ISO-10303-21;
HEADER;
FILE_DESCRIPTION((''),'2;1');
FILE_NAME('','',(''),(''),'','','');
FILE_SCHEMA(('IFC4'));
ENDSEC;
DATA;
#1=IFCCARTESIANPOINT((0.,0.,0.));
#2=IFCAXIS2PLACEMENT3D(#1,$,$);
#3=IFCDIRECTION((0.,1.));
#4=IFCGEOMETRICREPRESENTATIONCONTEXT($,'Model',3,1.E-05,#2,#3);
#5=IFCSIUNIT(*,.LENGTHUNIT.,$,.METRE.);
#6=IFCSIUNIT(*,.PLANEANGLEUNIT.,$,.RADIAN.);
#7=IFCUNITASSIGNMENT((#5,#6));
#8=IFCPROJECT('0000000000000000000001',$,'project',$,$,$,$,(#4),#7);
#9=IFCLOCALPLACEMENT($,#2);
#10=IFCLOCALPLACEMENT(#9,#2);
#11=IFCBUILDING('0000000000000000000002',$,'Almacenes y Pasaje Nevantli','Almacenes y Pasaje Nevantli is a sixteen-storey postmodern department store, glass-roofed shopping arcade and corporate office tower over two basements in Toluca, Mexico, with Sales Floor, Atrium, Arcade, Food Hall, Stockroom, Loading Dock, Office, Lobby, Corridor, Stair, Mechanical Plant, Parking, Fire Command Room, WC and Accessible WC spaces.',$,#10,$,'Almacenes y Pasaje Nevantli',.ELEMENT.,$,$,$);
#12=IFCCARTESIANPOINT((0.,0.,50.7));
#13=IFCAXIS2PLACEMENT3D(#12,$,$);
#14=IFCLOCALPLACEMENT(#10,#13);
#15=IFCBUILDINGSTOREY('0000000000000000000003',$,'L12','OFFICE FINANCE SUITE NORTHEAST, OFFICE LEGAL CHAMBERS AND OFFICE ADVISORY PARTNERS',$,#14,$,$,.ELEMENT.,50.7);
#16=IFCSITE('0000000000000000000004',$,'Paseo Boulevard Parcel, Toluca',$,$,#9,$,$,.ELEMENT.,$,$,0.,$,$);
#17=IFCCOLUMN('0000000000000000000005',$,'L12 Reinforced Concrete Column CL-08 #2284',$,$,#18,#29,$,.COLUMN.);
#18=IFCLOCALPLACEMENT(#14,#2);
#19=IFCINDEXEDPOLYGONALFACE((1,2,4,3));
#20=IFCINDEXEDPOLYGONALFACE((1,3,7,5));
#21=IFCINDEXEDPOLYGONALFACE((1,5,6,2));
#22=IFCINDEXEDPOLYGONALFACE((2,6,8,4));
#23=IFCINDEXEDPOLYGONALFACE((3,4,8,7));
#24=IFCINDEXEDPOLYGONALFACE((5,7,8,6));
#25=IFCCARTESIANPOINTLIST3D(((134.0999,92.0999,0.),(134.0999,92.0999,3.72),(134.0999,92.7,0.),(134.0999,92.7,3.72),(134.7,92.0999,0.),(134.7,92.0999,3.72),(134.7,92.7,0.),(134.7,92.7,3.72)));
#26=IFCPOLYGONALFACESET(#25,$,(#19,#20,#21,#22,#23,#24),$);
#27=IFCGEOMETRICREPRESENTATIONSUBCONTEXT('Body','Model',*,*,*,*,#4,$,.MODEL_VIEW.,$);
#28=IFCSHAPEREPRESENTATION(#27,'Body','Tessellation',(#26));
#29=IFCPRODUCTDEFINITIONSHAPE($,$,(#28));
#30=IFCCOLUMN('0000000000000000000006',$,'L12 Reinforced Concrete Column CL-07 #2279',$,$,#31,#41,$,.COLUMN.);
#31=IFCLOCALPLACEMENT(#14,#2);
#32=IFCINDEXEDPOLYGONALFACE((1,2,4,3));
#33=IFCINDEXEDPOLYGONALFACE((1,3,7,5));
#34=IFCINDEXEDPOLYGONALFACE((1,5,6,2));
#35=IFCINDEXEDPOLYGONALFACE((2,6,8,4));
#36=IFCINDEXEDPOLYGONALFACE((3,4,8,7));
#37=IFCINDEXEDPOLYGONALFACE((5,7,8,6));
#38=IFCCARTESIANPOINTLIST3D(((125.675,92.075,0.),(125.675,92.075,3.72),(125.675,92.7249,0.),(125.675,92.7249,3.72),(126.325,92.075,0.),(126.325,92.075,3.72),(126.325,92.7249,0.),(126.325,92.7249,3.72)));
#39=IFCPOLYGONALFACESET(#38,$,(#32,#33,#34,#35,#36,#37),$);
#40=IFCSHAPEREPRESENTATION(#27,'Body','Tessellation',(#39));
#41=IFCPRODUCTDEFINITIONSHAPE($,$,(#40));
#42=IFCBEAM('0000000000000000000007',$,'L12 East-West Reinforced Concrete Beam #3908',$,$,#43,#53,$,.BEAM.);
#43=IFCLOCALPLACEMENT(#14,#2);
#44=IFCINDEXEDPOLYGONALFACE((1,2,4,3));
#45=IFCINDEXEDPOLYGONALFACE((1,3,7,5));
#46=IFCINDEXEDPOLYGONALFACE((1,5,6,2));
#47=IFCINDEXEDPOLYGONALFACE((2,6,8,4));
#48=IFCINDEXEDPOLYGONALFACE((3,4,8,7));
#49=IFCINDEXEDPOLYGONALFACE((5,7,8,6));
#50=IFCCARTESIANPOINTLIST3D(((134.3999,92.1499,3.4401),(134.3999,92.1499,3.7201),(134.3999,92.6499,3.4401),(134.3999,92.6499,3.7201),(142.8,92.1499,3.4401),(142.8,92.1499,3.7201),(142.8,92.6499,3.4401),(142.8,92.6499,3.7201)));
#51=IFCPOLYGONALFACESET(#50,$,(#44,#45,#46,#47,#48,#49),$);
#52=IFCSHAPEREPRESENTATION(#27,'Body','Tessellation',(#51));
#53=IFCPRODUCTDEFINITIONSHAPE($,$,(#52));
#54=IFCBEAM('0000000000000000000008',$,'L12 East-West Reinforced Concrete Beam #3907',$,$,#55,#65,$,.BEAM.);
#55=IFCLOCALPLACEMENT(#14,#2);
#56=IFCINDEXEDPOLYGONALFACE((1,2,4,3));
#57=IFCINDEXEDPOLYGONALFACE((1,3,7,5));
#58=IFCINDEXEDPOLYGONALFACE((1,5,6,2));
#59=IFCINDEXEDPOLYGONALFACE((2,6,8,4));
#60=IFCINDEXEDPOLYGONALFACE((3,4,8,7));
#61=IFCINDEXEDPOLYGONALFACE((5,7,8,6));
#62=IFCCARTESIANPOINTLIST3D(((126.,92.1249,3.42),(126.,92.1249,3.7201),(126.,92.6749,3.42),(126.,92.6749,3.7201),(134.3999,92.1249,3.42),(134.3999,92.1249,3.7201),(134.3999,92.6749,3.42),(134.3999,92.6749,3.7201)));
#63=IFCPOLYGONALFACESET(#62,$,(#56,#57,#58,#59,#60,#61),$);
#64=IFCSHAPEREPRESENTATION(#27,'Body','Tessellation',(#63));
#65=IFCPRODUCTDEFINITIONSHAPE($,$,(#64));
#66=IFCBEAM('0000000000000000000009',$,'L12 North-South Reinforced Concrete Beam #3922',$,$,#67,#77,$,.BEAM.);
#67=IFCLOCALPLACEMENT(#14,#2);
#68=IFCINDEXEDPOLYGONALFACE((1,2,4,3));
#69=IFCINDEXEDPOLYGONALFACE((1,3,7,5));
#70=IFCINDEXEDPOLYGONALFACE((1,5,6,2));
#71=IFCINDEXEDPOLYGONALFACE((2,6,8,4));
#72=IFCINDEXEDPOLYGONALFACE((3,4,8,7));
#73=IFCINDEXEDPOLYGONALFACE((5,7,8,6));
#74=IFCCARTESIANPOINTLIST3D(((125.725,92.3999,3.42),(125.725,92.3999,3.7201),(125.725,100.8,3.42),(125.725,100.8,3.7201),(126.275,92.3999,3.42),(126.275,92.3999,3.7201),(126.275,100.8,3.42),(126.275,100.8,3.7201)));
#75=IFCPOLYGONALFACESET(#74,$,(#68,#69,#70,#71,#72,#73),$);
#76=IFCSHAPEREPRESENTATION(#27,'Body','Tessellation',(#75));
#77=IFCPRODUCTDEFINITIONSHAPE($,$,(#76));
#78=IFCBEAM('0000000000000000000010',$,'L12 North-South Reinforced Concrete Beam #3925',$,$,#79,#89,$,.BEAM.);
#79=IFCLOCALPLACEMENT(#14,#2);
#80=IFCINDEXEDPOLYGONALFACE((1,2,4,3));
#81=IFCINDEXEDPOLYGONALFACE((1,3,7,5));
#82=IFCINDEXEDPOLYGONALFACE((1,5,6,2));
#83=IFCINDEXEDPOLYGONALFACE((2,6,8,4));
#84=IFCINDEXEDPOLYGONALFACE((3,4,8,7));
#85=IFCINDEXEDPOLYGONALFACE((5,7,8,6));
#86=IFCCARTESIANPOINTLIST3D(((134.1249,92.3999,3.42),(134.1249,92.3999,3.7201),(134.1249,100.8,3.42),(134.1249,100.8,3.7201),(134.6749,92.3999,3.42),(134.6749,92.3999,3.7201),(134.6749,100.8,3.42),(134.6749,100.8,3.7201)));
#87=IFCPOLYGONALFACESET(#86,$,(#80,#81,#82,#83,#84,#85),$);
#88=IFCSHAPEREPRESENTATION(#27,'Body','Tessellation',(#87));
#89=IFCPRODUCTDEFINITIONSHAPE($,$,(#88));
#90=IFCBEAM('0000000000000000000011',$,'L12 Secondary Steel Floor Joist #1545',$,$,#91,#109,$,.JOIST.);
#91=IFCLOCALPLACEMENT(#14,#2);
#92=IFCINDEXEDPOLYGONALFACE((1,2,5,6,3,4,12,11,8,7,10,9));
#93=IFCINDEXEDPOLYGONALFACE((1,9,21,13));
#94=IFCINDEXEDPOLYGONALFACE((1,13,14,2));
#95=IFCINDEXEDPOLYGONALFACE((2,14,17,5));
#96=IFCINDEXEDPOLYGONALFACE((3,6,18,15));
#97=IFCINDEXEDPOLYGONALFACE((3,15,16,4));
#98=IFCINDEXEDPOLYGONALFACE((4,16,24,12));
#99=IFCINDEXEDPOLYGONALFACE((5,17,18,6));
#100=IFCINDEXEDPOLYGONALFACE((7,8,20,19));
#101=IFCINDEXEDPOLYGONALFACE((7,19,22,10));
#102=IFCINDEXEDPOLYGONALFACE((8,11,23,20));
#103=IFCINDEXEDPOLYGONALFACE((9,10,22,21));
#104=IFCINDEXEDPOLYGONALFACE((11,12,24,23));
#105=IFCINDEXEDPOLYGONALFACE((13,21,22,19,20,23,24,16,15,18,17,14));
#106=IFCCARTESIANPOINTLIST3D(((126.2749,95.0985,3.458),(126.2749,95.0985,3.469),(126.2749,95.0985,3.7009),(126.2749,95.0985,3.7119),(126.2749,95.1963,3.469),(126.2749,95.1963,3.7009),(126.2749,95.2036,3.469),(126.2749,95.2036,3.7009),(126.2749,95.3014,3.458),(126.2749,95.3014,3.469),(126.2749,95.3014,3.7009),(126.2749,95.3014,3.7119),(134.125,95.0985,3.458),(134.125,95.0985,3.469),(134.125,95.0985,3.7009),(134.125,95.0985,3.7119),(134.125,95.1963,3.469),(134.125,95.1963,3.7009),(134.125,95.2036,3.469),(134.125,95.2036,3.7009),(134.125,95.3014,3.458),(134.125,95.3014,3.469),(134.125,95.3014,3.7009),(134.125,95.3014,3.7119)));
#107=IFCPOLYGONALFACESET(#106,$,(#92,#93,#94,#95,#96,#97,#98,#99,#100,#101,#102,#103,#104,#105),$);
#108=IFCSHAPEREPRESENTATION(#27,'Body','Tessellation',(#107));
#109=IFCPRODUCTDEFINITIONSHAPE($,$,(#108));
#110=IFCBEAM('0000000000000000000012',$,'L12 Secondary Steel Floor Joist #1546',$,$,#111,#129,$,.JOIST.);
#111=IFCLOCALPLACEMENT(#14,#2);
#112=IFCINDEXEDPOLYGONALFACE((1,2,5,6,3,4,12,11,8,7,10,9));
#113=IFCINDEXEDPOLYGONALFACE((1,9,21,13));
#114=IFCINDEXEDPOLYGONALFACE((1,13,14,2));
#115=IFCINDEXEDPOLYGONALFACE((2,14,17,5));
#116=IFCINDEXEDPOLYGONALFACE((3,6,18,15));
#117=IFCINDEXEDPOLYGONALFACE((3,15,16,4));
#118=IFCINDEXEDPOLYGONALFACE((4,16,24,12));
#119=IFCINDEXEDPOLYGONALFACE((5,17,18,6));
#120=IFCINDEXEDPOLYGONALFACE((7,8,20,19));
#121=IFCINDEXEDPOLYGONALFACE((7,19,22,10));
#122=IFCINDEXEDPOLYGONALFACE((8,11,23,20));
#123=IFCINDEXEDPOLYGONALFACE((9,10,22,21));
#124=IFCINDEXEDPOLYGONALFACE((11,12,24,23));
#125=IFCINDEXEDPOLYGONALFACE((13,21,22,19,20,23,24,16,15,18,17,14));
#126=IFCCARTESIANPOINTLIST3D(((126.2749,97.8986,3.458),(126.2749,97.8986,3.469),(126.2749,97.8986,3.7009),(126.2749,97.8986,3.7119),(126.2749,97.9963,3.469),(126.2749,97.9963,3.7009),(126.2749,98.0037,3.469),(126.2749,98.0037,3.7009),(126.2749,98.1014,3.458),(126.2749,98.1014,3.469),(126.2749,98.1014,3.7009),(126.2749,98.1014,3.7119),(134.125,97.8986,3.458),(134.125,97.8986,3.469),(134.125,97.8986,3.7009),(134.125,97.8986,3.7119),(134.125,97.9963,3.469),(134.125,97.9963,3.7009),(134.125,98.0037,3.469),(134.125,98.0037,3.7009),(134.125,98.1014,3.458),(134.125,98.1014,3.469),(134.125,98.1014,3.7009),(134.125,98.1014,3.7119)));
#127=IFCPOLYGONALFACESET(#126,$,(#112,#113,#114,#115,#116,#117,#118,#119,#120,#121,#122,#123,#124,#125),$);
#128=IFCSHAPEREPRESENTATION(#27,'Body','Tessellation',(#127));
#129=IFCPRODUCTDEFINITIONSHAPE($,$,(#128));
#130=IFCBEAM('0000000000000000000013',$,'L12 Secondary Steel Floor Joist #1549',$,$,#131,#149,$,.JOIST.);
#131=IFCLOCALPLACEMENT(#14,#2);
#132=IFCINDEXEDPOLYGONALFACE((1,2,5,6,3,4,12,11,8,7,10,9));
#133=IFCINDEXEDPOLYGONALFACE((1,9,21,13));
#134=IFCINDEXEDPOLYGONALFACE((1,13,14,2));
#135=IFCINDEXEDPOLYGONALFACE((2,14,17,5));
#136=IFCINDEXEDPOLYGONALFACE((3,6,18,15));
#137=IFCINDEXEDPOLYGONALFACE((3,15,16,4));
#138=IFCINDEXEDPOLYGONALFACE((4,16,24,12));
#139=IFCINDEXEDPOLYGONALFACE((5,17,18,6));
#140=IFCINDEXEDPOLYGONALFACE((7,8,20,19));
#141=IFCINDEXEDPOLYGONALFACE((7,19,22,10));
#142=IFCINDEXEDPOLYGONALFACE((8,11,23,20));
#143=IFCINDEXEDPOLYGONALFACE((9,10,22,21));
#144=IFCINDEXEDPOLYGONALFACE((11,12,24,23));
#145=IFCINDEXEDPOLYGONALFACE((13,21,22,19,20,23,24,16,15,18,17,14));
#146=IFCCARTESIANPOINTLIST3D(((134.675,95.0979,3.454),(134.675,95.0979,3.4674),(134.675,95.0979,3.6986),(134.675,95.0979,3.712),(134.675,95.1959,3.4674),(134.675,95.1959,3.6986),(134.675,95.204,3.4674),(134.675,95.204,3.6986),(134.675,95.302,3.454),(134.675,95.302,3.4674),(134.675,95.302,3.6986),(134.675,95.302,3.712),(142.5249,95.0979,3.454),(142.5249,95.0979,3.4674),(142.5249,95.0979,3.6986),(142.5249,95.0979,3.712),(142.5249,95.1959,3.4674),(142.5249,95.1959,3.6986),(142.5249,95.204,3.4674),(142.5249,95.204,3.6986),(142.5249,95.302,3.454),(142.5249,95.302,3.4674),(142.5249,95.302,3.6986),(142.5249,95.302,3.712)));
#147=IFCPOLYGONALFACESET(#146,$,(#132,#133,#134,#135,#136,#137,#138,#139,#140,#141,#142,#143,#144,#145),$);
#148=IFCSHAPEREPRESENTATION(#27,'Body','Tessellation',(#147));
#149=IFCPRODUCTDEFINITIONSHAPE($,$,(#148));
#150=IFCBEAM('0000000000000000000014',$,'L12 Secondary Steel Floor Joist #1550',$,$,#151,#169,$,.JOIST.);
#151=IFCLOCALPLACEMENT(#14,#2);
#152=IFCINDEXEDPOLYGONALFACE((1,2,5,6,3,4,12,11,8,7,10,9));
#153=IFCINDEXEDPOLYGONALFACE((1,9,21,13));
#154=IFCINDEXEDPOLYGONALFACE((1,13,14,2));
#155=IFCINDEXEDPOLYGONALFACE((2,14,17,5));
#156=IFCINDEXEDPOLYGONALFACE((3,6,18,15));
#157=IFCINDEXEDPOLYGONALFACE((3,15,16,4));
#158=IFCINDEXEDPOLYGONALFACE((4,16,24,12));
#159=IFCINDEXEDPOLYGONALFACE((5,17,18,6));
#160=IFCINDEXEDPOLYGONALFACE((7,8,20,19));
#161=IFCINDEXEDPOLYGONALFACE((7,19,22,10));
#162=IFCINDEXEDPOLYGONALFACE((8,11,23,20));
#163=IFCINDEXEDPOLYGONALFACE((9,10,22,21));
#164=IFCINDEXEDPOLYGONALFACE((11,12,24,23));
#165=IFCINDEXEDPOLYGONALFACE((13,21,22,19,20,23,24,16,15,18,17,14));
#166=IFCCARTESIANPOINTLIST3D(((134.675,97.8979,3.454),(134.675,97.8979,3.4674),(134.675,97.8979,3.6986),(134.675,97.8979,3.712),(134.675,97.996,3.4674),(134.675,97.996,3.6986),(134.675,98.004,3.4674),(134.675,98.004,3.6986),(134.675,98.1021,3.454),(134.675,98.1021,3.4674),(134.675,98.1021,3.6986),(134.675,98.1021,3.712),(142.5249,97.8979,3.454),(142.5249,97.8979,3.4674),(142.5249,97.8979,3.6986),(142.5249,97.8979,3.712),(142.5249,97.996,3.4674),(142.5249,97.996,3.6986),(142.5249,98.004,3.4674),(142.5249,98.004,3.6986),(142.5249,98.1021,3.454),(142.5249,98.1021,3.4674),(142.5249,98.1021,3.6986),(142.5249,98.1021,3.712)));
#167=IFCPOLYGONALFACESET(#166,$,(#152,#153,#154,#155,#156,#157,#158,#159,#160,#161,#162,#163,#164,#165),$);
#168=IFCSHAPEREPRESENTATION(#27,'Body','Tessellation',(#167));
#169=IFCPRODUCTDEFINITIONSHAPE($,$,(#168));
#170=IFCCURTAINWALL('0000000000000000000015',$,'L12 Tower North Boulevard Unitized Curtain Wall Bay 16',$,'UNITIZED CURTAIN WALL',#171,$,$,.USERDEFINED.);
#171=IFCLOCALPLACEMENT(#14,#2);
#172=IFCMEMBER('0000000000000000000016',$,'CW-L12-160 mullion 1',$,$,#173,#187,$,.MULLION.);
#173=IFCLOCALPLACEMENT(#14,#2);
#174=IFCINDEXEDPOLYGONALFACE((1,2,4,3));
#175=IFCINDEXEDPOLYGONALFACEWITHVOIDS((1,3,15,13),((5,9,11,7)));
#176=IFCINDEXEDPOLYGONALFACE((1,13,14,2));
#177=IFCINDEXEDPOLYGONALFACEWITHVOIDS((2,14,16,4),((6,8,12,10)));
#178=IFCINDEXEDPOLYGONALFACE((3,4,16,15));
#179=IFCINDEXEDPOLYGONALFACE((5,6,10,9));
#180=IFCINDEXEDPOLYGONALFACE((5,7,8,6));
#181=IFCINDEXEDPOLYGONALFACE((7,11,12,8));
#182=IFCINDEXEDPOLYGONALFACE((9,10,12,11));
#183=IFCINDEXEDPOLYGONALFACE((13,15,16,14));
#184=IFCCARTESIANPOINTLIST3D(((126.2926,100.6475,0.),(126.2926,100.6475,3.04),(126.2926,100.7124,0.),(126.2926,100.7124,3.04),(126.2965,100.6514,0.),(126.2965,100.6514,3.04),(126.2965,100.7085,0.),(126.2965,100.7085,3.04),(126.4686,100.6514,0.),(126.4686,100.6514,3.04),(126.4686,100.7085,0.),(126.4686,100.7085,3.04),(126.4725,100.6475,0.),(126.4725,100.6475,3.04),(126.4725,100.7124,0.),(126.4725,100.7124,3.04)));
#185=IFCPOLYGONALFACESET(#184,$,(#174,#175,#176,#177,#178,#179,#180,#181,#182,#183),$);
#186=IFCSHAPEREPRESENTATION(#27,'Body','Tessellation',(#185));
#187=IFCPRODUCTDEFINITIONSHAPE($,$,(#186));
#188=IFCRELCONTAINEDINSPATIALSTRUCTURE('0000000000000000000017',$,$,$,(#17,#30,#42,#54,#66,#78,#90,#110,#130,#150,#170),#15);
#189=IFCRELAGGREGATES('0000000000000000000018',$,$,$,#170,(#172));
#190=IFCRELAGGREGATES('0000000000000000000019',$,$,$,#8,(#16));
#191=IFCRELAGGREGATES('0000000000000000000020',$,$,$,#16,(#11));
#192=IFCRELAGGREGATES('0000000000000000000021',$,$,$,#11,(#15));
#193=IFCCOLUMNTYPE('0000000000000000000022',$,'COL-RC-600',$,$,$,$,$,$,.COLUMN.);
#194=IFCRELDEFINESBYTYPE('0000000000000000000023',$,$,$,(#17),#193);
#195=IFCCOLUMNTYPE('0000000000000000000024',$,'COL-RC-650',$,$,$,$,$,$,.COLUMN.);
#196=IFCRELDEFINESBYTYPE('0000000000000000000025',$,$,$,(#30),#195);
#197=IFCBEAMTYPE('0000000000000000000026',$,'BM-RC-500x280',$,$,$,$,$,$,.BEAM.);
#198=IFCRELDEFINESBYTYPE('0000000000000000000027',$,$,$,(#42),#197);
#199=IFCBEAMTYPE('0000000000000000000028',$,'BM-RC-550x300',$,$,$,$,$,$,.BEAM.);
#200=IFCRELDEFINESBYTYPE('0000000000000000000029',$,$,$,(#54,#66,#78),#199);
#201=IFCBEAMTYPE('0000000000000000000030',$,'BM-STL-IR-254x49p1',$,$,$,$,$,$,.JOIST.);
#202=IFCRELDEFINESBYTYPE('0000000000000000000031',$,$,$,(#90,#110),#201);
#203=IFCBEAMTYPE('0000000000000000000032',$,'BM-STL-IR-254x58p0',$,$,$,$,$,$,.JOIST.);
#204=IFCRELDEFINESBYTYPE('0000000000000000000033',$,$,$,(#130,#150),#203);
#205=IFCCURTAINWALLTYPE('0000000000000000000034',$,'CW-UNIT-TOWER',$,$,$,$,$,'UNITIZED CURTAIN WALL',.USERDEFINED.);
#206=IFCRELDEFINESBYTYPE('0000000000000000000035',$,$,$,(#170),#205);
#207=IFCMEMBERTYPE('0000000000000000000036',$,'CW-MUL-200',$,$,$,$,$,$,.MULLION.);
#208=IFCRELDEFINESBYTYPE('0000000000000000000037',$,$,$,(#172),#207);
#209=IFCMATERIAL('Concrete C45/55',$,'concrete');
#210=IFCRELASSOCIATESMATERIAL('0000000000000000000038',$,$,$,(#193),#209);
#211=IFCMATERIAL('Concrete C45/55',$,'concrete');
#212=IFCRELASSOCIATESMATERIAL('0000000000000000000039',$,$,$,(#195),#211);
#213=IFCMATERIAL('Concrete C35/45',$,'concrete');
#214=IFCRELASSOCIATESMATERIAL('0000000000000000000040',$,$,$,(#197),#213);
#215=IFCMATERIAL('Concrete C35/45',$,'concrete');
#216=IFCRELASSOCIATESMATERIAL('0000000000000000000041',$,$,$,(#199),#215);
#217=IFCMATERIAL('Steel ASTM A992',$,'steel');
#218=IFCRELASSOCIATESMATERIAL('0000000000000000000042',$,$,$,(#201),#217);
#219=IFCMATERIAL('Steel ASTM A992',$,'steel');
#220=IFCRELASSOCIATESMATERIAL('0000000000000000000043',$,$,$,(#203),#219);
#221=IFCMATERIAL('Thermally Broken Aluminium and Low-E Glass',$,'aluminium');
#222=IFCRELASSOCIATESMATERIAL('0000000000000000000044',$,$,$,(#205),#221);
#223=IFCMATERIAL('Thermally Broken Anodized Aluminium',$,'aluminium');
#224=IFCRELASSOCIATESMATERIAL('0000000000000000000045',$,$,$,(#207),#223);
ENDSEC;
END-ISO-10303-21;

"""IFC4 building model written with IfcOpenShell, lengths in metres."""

from ifc_helpers import new_model, si_unit, direction, frame, origin, origin_2d, place, context, subcontext, project, spatial, rectangle, hollow_rectangle, i_section, extrude, material, material_profile, profile_set, type_object, element, aggregate, save


model = new_model("IFC4")

# Units and contexts
model_context = context("Model", 3, precision=1e-05, world=origin(), true_north=direction((0.0, 1.0)))
body_context = subcontext(model_context, "Body", "Model", "MODEL_VIEW")
ifc_project = project(units=[si_unit("LENGTHUNIT", "METRE"), si_unit("PLANEANGLEUNIT", "RADIAN")], contexts=[model_context])

# Site, building, storey
site_placement = place(None, origin())
site = spatial("IfcSite", under=ifc_project, at=site_placement, Name="Paseo Boulevard Parcel, Toluca", CompositionType="ELEMENT", RefElevation=0.0)
building_placement = place(site_placement, origin())
building = spatial("IfcBuilding", under=site, at=building_placement, Name="Almacenes y Pasaje Nevantli", Description="Almacenes y Pasaje Nevantli is a sixteen-storey postmodern department store, glass-roofed shopping arcade and corporate office tower over two basements in Toluca, Mexico, with Sales Floor, Atrium, Arcade, Food Hall, Stockroom, Loading Dock, Office, Lobby, Corridor, Stair, Mechanical Plant, Parking, Fire Command Room, WC and Accessible WC spaces.", LongName="Almacenes y Pasaje Nevantli", CompositionType="ELEMENT")
storey_placement = place(building_placement, frame((0.0, 0.0, 50.7)))
storey = spatial("IfcBuildingStorey", under=building, at=storey_placement, Name="L12", Description="OFFICE FINANCE SUITE NORTHEAST, OFFICE LEGAL CHAMBERS AND OFFICE ADVISORY PARTNERS", CompositionType="ELEMENT", Elevation=50.7)

# Columns
ifc_material_1 = material(Name="Concrete C45/55", Category="concrete")
ifc_material_profile_1 = material_profile(ifc_material_1, rectangle(XDim=0.6001, YDim=0.6001, at=origin_2d()), Name="RC-COL-600x600")
ifc_profile_set_1 = profile_set([ifc_material_profile_1], Name="Concrete C45/55")
column_type_1 = type_object("IfcColumnType", Name="COL-RC-600", PredefinedType="COLUMN", material=ifc_profile_set_1)
column_1_placement = place(storey_placement, frame((134.3999, 92.3999, 0.0), z_axis=(0.0, 0.0, 1.0), x_axis=(1.0, 0.0, 0.0)))
element("IfcColumn", 1, at=column_1_placement, inside=storey, type_object=column_type_1, Name="L12 Reinforced Concrete Column CL-08 #2284", PredefinedType="COLUMN", context=body_context, shape_type="SweptSolid", body=[
    extrude(rectangle(XDim=0.6001, YDim=0.6001, at=origin_2d()), origin(), (0.0, 0.0, 1.0), 3.72),
])
ifc_material_2 = material(Name="Concrete C45/55", Category="concrete")
ifc_material_profile_2 = material_profile(ifc_material_2, rectangle(XDim=0.6499, YDim=0.6499, at=origin_2d()), Name="RC-COL-650x650")
ifc_profile_set_2 = profile_set([ifc_material_profile_2], Name="Concrete C45/55")
column_type_2 = type_object("IfcColumnType", Name="COL-RC-650", PredefinedType="COLUMN", material=ifc_profile_set_2)
column_2_placement = place(storey_placement, frame((126.0, 92.3999, 0.0), z_axis=(0.0, 0.0, 1.0), x_axis=(1.0, 0.0, 0.0)))
element("IfcColumn", 2, at=column_2_placement, inside=storey, type_object=column_type_2, Name="L12 Reinforced Concrete Column CL-07 #2279", PredefinedType="COLUMN", context=body_context, shape_type="SweptSolid", body=[
    extrude(rectangle(XDim=0.6499, YDim=0.6499, at=origin_2d()), origin(), (0.0, 0.0, 1.0), 3.72),
])

# Beams
ifc_material_3 = material(Name="Concrete C35/45", Category="concrete")
ifc_material_profile_3 = material_profile(ifc_material_3, rectangle(XDim=0.5, YDim=0.28, at=origin_2d()), Name="RC-BM-500x280")
ifc_profile_set_3 = profile_set([ifc_material_profile_3], Name="Concrete C35/45")
beam_type_1 = type_object("IfcBeamType", Name="BM-RC-500x280", PredefinedType="BEAM", material=ifc_profile_set_3)
beam_1_placement = place(storey_placement, frame((134.3999, 92.3999, 3.5801), z_axis=(1.0, 0.0, 0.0), x_axis=(0.0, 1.0, 0.0)))
element("IfcBeam", 3, at=beam_1_placement, inside=storey, type_object=beam_type_1, Name="L12 East-West Reinforced Concrete Beam #3908", PredefinedType="BEAM", context=body_context, shape_type="SweptSolid", body=[
    extrude(rectangle(XDim=0.5, YDim=0.28, at=origin_2d()), origin(), (0.0, 0.0, 1.0), 8.4001),
])
ifc_material_4 = material(Name="Concrete C35/45", Category="concrete")
ifc_material_profile_4 = material_profile(ifc_material_4, rectangle(XDim=0.55, YDim=0.3, at=origin_2d()), Name="RC-BM-550x300")
ifc_profile_set_4 = profile_set([ifc_material_profile_4], Name="Concrete C35/45")
beam_type_2 = type_object("IfcBeamType", Name="BM-RC-550x300", PredefinedType="BEAM", material=ifc_profile_set_4)
beam_2_placement = place(storey_placement, frame((126.0, 92.3999, 3.5701), z_axis=(1.0, 0.0, 0.0), x_axis=(0.0, 1.0, 0.0)))
element("IfcBeam", 4, at=beam_2_placement, inside=storey, type_object=beam_type_2, Name="L12 East-West Reinforced Concrete Beam #3907", PredefinedType="BEAM", context=body_context, shape_type="SweptSolid", body=[
    extrude(rectangle(XDim=0.55, YDim=0.3, at=origin_2d()), origin(), (0.0, 0.0, 1.0), 8.3999),
])
for number, where, z_axis, x_axis, name in (
    (5, (126.0, 92.3999, 3.5701), (0.0, 1.0, 0.0), (-1.0, 0.0, 0.0), "L12 North-South Reinforced Concrete Beam #3922"),
    (6, (134.3999, 92.3999, 3.5701), (0.0, 1.0, 0.0), (-1.0, 0.0, 0.0), "L12 North-South Reinforced Concrete Beam #3925"),
):
    element("IfcBeam", number, at=place(storey_placement, frame(where, z_axis=z_axis, x_axis=x_axis)), inside=storey, type_object=beam_type_2, Name=name, PredefinedType="BEAM", context=body_context, shape_type="SweptSolid", body=[
        extrude(rectangle(XDim=0.55, YDim=0.3, at=origin_2d()), origin(), (0.0, 0.0, 1.0), 8.4001),
    ])
ifc_material_5 = material(Name="Steel ASTM A992", Category="steel")
ifc_material_profile_5 = material_profile(ifc_material_5, i_section(OverallWidth=0.2029, OverallDepth=0.2539, WebThickness=0.0073, FlangeThickness=0.011, at=origin_2d()), Name="IR 254x49.1")
ifc_profile_set_5 = profile_set([ifc_material_profile_5], Name="Steel ASTM A992")
beam_type_3 = type_object("IfcBeamType", Name="BM-STL-IR-254x49p1", PredefinedType="JOIST", material=ifc_profile_set_5)
for number, where, z_axis, x_axis, name in (
    (7, (126.2749, 95.2, 3.585), (1.0, 0.0, 0.0), (0.0, 1.0, 0.0), "L12 Secondary Steel Floor Joist #1545"),
    (8, (126.2749, 98.0, 3.585), (1.0, 0.0, 0.0), (0.0, 1.0, 0.0), "L12 Secondary Steel Floor Joist #1546"),
):
    element("IfcBeam", number, at=place(storey_placement, frame(where, z_axis=z_axis, x_axis=x_axis)), inside=storey, type_object=beam_type_3, Name=name, PredefinedType="JOIST", context=body_context, shape_type="SweptSolid", body=[
        extrude(i_section(OverallWidth=0.2029, OverallDepth=0.2539, WebThickness=0.0073, FlangeThickness=0.011, at=origin_2d()), origin(), (0.0, 0.0, 1.0), 7.8501),
    ])
ifc_material_6 = material(Name="Steel ASTM A992", Category="steel")
ifc_material_profile_6 = material_profile(ifc_material_6, i_section(OverallWidth=0.2041, OverallDepth=0.2581, WebThickness=0.0081, FlangeThickness=0.0134, at=origin_2d()), Name="IR 254x58.0")
ifc_profile_set_6 = profile_set([ifc_material_profile_6], Name="Steel ASTM A992")
beam_type_4 = type_object("IfcBeamType", Name="BM-STL-IR-254x58p0", PredefinedType="JOIST", material=ifc_profile_set_6)
for number, where, z_axis, x_axis, name in (
    (9, (134.675, 95.2, 3.583), (1.0, 0.0, 0.0), (0.0, 1.0, 0.0), "L12 Secondary Steel Floor Joist #1549"),
    (10, (134.675, 98.0, 3.583), (1.0, 0.0, 0.0), (0.0, 1.0, 0.0), "L12 Secondary Steel Floor Joist #1550"),
):
    element("IfcBeam", number, at=place(storey_placement, frame(where, z_axis=z_axis, x_axis=x_axis)), inside=storey, type_object=beam_type_4, Name=name, PredefinedType="JOIST", context=body_context, shape_type="SweptSolid", body=[
        extrude(i_section(OverallWidth=0.2041, OverallDepth=0.2581, WebThickness=0.0081, FlangeThickness=0.0134, at=origin_2d()), origin(), (0.0, 0.0, 1.0), 7.8499),
    ])

# Curtain wall, member
ifc_material_7 = material(Name="Thermally Broken Aluminium and Low-E Glass", Category="aluminium")
curtain_wall_type = type_object("IfcCurtainWallType", Name="CW-UNIT-TOWER", ElementType="UNITIZED CURTAIN WALL", PredefinedType="USERDEFINED", material=ifc_material_7)
curtain_wall_placement = place(storey_placement, origin())
curtain_wall = element("IfcCurtainWall", 11, at=curtain_wall_placement, inside=storey, type_object=curtain_wall_type, Name="L12 Tower North Boulevard Unitized Curtain Wall Bay 16", ObjectType="UNITIZED CURTAIN WALL", PredefinedType="USERDEFINED")
ifc_material_8 = material(Name="Thermally Broken Anodized Aluminium", Category="aluminium")
ifc_material_profile_7 = material_profile(ifc_material_8, hollow_rectangle(XDim=0.0649, YDim=0.1799, WallThickness=0.0039, at=origin_2d()), Name="ALU-MUL-65x180")
ifc_profile_set_7 = profile_set([ifc_material_profile_7], Name="Thermally Broken Anodized Aluminium")
member_type_1 = type_object("IfcMemberType", Name="CW-MUL-200", PredefinedType="MULLION", material=ifc_profile_set_7)
member_1_placement = place(storey_placement, frame((126.3826, 100.6799, 0.0), z_axis=(0.0, 0.0, 1.0), x_axis=(0.0, 1.0, 0.0)))
member_1 = element("IfcMember", 12, at=member_1_placement, type_object=member_type_1, Name="CW-L12-160 mullion 1", PredefinedType="MULLION", context=body_context, shape_type="SweptSolid", body=[
    extrude(hollow_rectangle(XDim=0.0649, YDim=0.1799, WallThickness=0.0039, at=origin_2d()), origin(), (0.0, 0.0, 1.0), 3.04),
])
aggregate(curtain_wall, [member_1])

save(model, "model.ifc")
